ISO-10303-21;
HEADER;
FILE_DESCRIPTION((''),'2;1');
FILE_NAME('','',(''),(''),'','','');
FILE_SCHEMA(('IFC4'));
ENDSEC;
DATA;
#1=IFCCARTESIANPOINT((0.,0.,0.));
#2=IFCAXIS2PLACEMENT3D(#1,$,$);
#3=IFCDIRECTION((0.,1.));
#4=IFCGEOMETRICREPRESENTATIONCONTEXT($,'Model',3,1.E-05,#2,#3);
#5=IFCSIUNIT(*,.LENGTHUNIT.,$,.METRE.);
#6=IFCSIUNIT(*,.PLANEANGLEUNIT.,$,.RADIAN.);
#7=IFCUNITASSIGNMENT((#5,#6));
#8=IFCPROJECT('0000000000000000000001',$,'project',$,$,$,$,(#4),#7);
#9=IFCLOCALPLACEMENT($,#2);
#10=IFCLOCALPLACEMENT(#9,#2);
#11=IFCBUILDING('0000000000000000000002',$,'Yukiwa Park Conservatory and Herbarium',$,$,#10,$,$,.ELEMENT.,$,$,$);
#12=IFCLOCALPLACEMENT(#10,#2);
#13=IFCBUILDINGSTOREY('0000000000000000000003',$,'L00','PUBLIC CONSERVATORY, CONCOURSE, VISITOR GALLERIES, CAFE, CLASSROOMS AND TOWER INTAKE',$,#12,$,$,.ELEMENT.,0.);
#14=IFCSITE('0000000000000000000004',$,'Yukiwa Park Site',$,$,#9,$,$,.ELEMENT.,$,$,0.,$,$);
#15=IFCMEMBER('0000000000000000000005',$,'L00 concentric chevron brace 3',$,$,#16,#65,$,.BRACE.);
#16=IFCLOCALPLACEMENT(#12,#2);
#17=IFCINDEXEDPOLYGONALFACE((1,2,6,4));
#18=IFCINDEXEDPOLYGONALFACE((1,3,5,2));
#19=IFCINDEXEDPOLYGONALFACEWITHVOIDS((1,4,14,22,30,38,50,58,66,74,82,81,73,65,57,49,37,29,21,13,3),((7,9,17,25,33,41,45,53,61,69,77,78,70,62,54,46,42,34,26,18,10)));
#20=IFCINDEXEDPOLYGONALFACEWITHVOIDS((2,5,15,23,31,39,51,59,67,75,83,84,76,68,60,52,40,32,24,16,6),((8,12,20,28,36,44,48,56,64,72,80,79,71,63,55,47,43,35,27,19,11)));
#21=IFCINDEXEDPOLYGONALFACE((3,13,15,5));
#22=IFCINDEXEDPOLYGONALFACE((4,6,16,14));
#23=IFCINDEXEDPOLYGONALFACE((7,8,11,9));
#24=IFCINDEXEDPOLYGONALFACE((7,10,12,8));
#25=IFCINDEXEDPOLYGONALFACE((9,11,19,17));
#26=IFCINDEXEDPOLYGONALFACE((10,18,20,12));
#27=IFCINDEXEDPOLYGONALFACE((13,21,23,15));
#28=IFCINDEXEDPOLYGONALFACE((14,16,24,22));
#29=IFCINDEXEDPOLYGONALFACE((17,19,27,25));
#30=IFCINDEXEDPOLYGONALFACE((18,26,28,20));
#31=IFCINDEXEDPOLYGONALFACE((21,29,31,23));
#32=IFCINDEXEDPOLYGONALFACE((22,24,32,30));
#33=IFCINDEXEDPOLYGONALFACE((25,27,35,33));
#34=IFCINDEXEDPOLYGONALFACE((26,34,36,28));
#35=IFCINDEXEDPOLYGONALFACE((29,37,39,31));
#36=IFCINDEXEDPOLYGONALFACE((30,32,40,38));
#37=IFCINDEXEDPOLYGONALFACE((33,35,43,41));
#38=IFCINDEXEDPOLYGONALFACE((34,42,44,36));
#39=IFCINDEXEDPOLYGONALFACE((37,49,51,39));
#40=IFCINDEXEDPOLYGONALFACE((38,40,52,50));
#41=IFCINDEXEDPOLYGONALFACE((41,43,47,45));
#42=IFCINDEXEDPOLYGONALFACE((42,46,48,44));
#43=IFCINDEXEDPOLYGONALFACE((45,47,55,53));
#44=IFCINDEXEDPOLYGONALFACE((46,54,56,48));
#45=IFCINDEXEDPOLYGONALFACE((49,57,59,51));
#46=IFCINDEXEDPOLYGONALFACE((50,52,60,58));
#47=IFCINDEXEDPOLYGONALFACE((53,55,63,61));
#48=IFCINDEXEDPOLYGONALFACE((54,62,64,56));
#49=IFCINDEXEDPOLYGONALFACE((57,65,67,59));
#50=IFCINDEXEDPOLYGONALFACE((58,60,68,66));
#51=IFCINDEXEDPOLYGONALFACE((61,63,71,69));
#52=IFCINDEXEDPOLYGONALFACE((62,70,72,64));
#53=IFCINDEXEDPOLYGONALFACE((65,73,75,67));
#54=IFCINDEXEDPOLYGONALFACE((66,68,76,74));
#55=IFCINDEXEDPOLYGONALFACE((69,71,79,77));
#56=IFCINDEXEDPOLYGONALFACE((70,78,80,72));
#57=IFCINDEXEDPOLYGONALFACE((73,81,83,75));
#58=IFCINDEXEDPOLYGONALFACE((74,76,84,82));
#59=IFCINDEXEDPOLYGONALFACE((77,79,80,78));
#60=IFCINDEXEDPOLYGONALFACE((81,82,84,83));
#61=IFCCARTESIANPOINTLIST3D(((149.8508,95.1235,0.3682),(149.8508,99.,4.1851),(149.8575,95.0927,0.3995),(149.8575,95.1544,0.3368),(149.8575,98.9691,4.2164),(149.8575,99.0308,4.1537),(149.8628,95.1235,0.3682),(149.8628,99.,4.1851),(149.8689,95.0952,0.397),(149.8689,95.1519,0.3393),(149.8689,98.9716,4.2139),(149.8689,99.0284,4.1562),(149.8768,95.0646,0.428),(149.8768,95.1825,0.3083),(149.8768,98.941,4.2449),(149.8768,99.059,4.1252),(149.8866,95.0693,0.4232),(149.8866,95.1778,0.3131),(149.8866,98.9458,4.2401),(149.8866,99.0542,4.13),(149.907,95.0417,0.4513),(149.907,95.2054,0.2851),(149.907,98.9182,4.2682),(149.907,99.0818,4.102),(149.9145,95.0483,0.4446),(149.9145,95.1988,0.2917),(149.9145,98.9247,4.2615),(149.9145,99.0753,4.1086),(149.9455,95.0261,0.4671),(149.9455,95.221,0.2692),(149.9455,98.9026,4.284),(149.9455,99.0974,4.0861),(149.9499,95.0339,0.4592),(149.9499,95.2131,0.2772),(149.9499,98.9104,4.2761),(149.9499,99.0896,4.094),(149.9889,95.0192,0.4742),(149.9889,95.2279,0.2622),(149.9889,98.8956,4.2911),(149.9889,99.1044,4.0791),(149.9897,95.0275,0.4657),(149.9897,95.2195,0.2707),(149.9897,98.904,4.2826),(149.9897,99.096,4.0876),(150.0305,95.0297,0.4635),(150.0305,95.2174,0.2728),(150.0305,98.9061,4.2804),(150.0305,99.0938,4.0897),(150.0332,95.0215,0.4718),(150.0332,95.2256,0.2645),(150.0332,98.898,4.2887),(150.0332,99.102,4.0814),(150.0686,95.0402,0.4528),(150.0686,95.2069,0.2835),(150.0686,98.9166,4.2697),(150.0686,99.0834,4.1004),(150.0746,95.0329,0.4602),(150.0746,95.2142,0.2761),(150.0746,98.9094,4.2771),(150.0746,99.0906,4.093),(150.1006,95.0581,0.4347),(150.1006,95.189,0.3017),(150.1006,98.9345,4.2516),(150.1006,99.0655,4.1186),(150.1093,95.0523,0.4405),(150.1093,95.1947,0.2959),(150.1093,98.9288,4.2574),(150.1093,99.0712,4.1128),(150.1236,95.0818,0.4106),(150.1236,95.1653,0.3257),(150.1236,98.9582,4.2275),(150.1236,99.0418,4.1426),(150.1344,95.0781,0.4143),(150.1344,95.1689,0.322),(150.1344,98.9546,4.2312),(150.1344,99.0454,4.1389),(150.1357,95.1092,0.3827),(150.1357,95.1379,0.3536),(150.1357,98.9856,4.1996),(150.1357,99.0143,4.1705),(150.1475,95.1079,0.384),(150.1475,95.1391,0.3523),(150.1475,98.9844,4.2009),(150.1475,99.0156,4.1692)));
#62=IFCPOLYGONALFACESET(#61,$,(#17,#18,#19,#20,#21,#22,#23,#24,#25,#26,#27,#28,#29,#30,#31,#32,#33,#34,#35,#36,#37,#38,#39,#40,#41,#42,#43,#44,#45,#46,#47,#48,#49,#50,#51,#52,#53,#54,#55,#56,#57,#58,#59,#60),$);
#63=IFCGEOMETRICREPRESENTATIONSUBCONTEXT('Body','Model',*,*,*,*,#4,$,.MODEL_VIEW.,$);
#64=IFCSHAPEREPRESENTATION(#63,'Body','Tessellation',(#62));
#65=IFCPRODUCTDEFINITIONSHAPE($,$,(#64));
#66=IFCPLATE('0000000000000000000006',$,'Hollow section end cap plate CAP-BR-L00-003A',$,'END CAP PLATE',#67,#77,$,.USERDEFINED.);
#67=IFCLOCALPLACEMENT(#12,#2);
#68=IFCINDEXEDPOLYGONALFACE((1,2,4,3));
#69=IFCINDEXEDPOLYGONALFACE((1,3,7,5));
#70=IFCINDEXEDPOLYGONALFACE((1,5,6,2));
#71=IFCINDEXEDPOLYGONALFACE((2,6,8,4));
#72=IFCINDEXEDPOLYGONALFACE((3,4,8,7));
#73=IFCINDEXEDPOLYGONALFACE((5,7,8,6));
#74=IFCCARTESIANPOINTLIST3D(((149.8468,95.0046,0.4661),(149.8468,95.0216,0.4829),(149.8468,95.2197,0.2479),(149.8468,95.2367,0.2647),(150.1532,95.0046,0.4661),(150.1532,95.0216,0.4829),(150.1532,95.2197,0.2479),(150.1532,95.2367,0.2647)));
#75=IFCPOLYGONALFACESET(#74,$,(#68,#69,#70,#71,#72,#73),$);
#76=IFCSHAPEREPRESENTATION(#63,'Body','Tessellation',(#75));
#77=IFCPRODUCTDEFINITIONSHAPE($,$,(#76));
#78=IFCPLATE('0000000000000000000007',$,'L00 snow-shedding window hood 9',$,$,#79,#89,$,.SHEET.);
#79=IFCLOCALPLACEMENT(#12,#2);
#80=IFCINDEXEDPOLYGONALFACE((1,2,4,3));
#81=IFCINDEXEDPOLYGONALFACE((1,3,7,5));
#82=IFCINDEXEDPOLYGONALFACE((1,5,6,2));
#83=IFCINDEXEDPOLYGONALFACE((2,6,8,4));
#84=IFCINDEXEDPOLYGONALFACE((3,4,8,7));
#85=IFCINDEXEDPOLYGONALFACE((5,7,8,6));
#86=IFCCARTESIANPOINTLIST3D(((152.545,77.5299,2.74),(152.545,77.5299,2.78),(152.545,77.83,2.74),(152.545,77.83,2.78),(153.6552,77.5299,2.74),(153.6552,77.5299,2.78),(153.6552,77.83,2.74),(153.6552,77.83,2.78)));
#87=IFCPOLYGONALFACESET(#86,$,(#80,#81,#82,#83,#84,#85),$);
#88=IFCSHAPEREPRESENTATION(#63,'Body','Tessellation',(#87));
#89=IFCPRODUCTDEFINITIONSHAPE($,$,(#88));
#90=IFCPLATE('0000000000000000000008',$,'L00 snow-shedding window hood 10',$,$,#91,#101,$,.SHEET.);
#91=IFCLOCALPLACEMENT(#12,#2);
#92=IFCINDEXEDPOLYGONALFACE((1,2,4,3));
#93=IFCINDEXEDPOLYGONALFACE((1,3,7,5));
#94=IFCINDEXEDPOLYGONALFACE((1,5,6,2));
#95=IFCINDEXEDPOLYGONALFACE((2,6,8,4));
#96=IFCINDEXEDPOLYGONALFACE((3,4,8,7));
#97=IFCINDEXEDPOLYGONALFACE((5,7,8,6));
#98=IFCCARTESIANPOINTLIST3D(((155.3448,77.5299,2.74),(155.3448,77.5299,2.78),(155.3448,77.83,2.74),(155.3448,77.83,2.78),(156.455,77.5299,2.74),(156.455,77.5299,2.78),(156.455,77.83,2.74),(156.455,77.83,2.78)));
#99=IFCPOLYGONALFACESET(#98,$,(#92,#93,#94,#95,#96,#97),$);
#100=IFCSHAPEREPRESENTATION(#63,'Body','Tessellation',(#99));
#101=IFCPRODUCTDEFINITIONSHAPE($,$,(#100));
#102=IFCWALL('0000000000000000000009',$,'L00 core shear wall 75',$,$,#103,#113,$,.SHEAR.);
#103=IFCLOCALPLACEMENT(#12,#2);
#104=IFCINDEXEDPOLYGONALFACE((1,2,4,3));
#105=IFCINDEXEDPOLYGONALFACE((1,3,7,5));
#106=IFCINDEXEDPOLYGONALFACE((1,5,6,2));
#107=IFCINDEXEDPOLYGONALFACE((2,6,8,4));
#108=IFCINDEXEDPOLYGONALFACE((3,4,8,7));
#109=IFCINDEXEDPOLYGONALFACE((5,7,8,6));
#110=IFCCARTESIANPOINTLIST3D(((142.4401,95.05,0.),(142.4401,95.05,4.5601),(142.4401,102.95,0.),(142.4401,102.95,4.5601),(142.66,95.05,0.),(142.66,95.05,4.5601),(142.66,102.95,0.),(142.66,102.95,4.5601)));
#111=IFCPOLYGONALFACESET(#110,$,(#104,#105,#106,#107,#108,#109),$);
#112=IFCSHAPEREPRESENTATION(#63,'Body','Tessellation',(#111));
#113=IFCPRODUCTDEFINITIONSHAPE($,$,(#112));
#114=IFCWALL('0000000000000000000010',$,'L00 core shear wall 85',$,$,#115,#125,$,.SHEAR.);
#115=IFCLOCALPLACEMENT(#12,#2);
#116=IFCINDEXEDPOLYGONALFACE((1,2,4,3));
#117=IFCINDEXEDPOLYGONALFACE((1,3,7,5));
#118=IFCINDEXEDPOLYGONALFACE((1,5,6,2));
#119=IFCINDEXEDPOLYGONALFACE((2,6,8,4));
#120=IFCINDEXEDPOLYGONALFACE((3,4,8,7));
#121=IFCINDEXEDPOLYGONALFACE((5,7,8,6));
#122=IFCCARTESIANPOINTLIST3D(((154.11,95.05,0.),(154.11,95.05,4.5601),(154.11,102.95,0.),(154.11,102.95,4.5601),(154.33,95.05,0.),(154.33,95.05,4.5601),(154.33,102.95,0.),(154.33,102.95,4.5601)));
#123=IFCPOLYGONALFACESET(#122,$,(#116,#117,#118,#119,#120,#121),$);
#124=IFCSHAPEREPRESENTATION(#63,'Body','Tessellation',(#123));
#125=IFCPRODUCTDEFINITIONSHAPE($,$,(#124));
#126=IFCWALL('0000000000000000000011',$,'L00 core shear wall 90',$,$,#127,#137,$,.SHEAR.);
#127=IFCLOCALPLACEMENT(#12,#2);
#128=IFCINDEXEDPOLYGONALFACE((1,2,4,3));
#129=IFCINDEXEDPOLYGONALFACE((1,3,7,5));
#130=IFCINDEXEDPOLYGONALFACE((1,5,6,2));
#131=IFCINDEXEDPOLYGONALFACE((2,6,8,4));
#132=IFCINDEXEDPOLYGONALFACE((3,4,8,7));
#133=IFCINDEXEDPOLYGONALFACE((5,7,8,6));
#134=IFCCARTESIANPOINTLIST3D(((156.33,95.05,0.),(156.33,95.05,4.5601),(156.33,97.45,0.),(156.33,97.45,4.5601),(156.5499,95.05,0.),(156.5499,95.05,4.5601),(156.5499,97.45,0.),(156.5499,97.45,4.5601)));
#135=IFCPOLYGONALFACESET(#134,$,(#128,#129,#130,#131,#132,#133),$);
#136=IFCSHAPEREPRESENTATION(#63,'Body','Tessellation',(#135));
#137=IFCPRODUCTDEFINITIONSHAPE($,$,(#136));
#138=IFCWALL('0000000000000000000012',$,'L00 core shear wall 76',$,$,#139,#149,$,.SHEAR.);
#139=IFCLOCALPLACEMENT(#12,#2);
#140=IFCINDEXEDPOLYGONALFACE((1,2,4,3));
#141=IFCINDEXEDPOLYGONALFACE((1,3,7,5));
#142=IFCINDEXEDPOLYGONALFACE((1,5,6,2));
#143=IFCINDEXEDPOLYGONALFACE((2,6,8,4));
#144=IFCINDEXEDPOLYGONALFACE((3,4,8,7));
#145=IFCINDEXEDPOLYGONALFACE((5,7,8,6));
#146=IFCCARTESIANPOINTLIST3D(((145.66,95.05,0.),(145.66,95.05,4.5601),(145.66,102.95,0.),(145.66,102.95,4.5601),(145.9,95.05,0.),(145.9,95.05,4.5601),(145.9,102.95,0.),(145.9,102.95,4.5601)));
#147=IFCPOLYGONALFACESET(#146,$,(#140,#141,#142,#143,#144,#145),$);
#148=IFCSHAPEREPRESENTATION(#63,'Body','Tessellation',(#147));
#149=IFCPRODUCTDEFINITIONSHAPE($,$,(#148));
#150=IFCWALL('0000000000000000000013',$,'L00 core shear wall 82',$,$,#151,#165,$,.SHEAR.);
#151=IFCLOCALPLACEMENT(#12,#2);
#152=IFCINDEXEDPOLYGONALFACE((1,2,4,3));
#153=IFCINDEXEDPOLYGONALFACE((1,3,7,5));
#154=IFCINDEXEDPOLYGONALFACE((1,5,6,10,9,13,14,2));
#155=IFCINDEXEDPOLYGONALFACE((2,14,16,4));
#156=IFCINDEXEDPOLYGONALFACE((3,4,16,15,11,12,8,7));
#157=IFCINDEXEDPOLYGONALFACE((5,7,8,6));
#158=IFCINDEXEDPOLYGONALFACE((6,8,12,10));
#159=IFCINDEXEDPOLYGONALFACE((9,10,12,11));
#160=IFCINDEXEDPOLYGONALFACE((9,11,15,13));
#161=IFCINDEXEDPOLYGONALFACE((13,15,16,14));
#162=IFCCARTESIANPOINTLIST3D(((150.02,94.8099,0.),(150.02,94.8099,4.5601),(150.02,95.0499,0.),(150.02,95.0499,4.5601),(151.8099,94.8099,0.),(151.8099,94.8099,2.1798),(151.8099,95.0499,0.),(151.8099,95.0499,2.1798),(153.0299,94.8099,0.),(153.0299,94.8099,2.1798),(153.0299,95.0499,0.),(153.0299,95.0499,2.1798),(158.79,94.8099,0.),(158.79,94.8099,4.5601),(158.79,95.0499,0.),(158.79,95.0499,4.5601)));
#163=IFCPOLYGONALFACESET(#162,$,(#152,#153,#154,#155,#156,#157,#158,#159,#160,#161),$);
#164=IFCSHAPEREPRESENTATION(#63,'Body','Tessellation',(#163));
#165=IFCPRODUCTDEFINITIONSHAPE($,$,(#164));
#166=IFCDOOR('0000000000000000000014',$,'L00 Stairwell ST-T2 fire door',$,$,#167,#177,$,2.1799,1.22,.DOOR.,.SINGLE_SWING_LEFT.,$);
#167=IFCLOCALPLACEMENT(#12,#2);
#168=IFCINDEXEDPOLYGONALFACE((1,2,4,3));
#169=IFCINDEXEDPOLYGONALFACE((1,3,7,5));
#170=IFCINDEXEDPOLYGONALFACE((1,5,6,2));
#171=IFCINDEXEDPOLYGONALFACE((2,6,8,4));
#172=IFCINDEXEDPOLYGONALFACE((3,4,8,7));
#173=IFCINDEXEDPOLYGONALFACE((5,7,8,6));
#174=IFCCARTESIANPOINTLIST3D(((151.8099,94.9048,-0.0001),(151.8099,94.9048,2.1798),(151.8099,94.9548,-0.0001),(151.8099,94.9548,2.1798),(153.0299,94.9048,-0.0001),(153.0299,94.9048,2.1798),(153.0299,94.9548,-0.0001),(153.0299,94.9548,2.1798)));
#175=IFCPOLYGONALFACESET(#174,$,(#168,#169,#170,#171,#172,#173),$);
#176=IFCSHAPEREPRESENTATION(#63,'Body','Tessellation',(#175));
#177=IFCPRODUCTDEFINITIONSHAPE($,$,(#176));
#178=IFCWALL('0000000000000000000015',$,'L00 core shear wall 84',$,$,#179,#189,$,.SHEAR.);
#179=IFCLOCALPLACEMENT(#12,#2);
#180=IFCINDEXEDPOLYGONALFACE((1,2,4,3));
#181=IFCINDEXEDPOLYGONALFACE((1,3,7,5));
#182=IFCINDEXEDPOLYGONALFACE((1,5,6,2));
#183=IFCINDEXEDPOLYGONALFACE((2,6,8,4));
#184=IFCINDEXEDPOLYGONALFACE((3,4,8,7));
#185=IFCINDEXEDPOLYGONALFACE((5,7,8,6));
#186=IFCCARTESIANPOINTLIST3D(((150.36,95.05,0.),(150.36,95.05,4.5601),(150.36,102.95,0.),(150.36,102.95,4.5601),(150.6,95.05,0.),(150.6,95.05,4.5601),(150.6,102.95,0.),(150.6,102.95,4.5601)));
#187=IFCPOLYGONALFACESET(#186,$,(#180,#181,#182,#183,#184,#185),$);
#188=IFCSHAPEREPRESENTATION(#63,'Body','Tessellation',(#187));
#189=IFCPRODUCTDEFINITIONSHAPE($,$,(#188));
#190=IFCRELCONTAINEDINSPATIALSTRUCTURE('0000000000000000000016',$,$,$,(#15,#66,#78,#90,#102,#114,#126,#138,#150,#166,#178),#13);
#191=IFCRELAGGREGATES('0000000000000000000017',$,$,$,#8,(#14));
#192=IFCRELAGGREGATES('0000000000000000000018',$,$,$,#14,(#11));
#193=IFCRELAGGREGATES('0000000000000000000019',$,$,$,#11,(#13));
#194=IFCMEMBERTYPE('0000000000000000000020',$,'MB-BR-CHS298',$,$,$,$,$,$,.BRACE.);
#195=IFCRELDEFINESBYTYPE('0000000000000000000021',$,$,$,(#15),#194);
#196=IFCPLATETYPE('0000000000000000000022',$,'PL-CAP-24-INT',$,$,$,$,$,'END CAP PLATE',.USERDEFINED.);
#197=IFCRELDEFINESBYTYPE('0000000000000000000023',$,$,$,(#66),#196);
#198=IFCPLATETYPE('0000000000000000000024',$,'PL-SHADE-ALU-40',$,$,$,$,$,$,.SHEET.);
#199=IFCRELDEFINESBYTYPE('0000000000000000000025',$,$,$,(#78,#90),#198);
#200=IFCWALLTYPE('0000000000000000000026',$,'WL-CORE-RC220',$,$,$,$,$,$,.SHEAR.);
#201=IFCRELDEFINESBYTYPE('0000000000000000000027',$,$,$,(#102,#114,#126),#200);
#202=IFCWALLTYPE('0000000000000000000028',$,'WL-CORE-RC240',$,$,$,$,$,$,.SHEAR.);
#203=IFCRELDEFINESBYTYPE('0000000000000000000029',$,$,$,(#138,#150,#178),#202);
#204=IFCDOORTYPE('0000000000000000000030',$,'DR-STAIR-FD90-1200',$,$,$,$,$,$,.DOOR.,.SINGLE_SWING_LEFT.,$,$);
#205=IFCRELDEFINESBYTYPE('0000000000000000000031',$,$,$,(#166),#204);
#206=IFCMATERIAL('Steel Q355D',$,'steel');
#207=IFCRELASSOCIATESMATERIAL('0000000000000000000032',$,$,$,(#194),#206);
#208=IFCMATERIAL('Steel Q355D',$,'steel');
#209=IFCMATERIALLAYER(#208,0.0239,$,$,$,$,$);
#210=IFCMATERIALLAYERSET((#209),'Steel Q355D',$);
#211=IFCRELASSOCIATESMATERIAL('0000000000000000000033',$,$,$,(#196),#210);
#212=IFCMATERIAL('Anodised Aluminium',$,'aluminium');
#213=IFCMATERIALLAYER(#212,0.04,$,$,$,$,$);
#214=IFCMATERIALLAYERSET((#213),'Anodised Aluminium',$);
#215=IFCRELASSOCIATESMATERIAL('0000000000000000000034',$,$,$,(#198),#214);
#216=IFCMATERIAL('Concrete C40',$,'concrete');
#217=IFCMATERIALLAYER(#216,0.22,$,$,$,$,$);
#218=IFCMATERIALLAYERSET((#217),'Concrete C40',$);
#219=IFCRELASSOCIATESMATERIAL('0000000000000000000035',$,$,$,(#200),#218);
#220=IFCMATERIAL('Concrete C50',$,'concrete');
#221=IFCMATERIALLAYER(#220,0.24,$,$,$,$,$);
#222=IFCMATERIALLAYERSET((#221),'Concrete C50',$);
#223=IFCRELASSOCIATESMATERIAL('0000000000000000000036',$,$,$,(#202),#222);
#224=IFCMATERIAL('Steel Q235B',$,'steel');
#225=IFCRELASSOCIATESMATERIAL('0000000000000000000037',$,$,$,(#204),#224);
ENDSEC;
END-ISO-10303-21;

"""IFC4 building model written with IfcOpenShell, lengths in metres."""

from ifc_helpers import new_model, si_unit, direction, frame, frame_2d, origin, origin_2d, place, context, subcontext, project, spatial, rectangle, hollow_circle, extrude, material, layer, layer_set, material_profile, profile_set, type_object, element, fill, save


model = new_model("IFC4")

# Units and contexts
model_context = context("Model", 3, precision=1e-05, world=origin(), true_north=direction((0.0, 1.0)))
body_context = subcontext(model_context, "Body", "Model", "MODEL_VIEW")
ifc_project = project(units=[si_unit("LENGTHUNIT", "METRE"), si_unit("PLANEANGLEUNIT", "RADIAN")], contexts=[model_context])

# Site, building, storey
site_placement = place(None, origin())
site = spatial("IfcSite", under=ifc_project, at=site_placement, Name="Yukiwa Park Site", CompositionType="ELEMENT", RefElevation=0.0)
building_placement = place(site_placement, origin())
building = spatial("IfcBuilding", under=site, at=building_placement, Name="Yukiwa Park Conservatory and Herbarium", CompositionType="ELEMENT")
storey_placement = place(building_placement, origin())
storey = spatial("IfcBuildingStorey", under=building, at=storey_placement, Name="L00", Description="PUBLIC CONSERVATORY, CONCOURSE, VISITOR GALLERIES, CAFE, CLASSROOMS AND TOWER INTAKE", CompositionType="ELEMENT", Elevation=0.0)

# Member
ifc_material_1 = material(Name="Steel Q355D", Category="steel")
ifc_material_profile_1 = material_profile(ifc_material_1, hollow_circle(Radius=0.1492, WallThickness=0.012, at=origin_2d()), Name="CHS 298.5x12")
ifc_profile_set_1 = profile_set([ifc_material_profile_1], Name="Steel Q355D")
member_type = type_object("IfcMemberType", Name="MB-BR-CHS298", PredefinedType="BRACE", material=ifc_profile_set_1)
member_placement = place(storey_placement, frame((150.0, 95.1235, 0.3682), z_axis=(0.0, 0.712561, 0.701611), x_axis=(-1.0, 0.0, 0.0)))
element("IfcMember", 1, at=member_placement, inside=storey, type_object=member_type, Name="L00 concentric chevron brace 3", PredefinedType="BRACE", context=body_context, shape_type="SweptSolid", body=[
    extrude(hollow_circle(Radius=0.1492, WallThickness=0.012, at=origin_2d()), origin(), (0.0, 0.0, 1.0), 5.4402),
])

# Plates
ifc_material_2 = material(Name="Steel Q355D", Category="steel")
ifc_layer_1 = layer(ifc_material_2, 0.0239)
ifc_layer_set_1 = layer_set([ifc_layer_1], Name="Steel Q355D")
plate_type_1 = type_object("IfcPlateType", Name="PL-CAP-24-INT", ElementType="END CAP PLATE", PredefinedType="USERDEFINED", material=ifc_layer_set_1)
plate_placement = place(storey_placement, frame((150.0, 95.1292, 0.3738), z_axis=(0.0, -0.712175, -0.702002), x_axis=(1.0, 0.0, 0.0)))
element("IfcPlate", 2, at=plate_placement, inside=storey, type_object=plate_type_1, Name="Hollow section end cap plate CAP-BR-L00-003A", ObjectType="END CAP PLATE", PredefinedType="USERDEFINED", context=body_context, shape_type="SweptSolid", body=[
    extrude(rectangle(XDim=0.3064, YDim=0.3064, at=origin_2d()), origin(), (0.0, 0.0, 1.0), 0.0239),
])
ifc_material_3 = material(Name="Anodised Aluminium", Category="aluminium")
ifc_layer_2 = layer(ifc_material_3, 0.04)
ifc_layer_set_2 = layer_set([ifc_layer_2], Name="Anodised Aluminium")
plate_type_2 = type_object("IfcPlateType", Name="PL-SHADE-ALU-40", PredefinedType="SHEET", material=ifc_layer_set_2)
for number, where, z_axis, x_axis, name in (
    (3, (153.1001, 77.6799, 2.74), (0.0, 0.0, 1.0), (1.0, 0.0, 0.0), "L00 snow-shedding window hood 9"),
    (4, (155.8999, 77.6799, 2.74), (0.0, 0.0, 1.0), (1.0, 0.0, 0.0), "L00 snow-shedding window hood 10"),
):
    element("IfcPlate", number, at=place(storey_placement, frame(where, z_axis=z_axis, x_axis=x_axis)), inside=storey, type_object=plate_type_2, Name=name, PredefinedType="SHEET", context=body_context, shape_type="SweptSolid", body=[
        extrude(rectangle(XDim=1.1101, YDim=0.3, at=origin_2d()), origin(), (0.0, 0.0, 1.0), 0.04),
    ])

# Walls
ifc_material_4 = material(Name="Concrete C40", Category="concrete")
ifc_layer_3 = layer(ifc_material_4, 0.22)
ifc_layer_set_3 = layer_set([ifc_layer_3], Name="Concrete C40")
wall_type_1 = type_object("IfcWallType", Name="WL-CORE-RC220", PredefinedType="SHEAR", material=ifc_layer_set_3)
for number, where, z_axis, x_axis, name in (
    (5, (142.55, 95.05, 0.0), (0.0, 0.0, 1.0), (0.0, 1.0, 0.0), "L00 core shear wall 75"),
    (6, (154.22, 95.05, 0.0), (0.0, 0.0, 1.0), (0.0, 1.0, 0.0), "L00 core shear wall 85"),
):
    element("IfcWall", number, at=place(storey_placement, frame(where, z_axis=z_axis, x_axis=x_axis)), inside=storey, type_object=wall_type_1, Name=name, PredefinedType="SHEAR", context=body_context, shape_type="SweptSolid", body=[
        extrude(rectangle(XDim=7.8999, YDim=0.22, at=frame_2d((3.95, 0.0))), origin(), (0.0, 0.0, 1.0), 4.5601),
    ])
wall_1_placement = place(storey_placement, frame((156.4399, 95.05, 0.0), z_axis=(0.0, 0.0, 1.0), x_axis=(0.0, 1.0, 0.0)))
element("IfcWall", 7, at=wall_1_placement, inside=storey, type_object=wall_type_1, Name="L00 core shear wall 90", PredefinedType="SHEAR", context=body_context, shape_type="SweptSolid", body=[
    extrude(rectangle(XDim=2.3999, YDim=0.22, at=frame_2d((1.2, 0.0))), origin(), (0.0, 0.0, 1.0), 4.5601),
])
ifc_material_5 = material(Name="Concrete C50", Category="concrete")
ifc_layer_4 = layer(ifc_material_5, 0.24)
ifc_layer_set_4 = layer_set([ifc_layer_4], Name="Concrete C50")
wall_type_2 = type_object("IfcWallType", Name="WL-CORE-RC240", PredefinedType="SHEAR", material=ifc_layer_set_4)
wall_2_placement = place(storey_placement, frame((145.78, 95.05, 0.0), z_axis=(0.0, 0.0, 1.0), x_axis=(0.0, 1.0, 0.0)))
element("IfcWall", 8, at=wall_2_placement, inside=storey, type_object=wall_type_2, Name="L00 core shear wall 76", PredefinedType="SHEAR", context=body_context, shape_type="SweptSolid", body=[
    extrude(rectangle(XDim=7.8999, YDim=0.24, at=frame_2d((3.95, 0.0))), origin(), (0.0, 0.0, 1.0), 4.5601),
])

# Wall, opening, door
wall_3_placement = place(storey_placement, frame((150.02, 94.9299, 0.0), z_axis=(0.0, 0.0, 1.0), x_axis=(1.0, 0.0, 0.0)))
wall_3 = element("IfcWall", 9, at=wall_3_placement, inside=storey, type_object=wall_type_2, Name="L00 core shear wall 82", PredefinedType="SHEAR", context=body_context, shape_type="SweptSolid", body=[
    extrude(rectangle(XDim=8.77, YDim=0.24, at=frame_2d((4.385, 0.0))), origin(), (0.0, 0.0, 1.0), 4.5601),
])
opening_1_placement = place(wall_3_placement, frame((1.79, 0.0, 0.0)))
opening_1 = element("IfcOpeningElement", 10, at=opening_1_placement, cuts=wall_3, PredefinedType="OPENING", context=body_context, shape_type="SweptSolid", body=[
    extrude(rectangle(XDim=1.22, YDim=2.1799, at=frame_2d((0.6099, 1.0898))), frame((0.0, 0.1299, 0.0), z_axis=(0.0, -1.0, 0.0), x_axis=(1.0, 0.0, 0.0)), (0.0, 0.0, 1.0), 0.26),
])
ifc_material_6 = material(Name="Steel Q235B", Category="steel")
door_type_1 = type_object("IfcDoorType", Name="DR-STAIR-FD90-1200", OperationType="SINGLE_SWING_LEFT", PredefinedType="DOOR", material=ifc_material_6)
door_1_placement = place(opening_1_placement, origin())
door_1 = element("IfcDoor", 11, at=door_1_placement, inside=storey, type_object=door_type_1, Name="L00 Stairwell ST-T2 fire door", OperationType="SINGLE_SWING_LEFT", OverallHeight=2.1799, OverallWidth=1.22, PredefinedType="DOOR", context=body_context, shape_type="SweptSolid", body=[
    extrude(rectangle(XDim=1.22, YDim=2.1799, at=frame_2d((0.6099, 1.0898))), frame((0.0, 0.0249, 0.0), z_axis=(0.0, -1.0, 0.0), x_axis=(1.0, 0.0, 0.0)), (0.0, 0.0, 1.0), 0.05),
])
fill(opening_1, door_1)

# Wall
wall_4_placement = place(storey_placement, frame((150.48, 95.05, 0.0), z_axis=(0.0, 0.0, 1.0), x_axis=(0.0, 1.0, 0.0)))
element("IfcWall", 12, at=wall_4_placement, inside=storey, type_object=wall_type_2, Name="L00 core shear wall 84", PredefinedType="SHEAR", context=body_context, shape_type="SweptSolid", body=[
    extrude(rectangle(XDim=7.8999, YDim=0.24, at=frame_2d((3.95, 0.0))), origin(), (0.0, 0.0, 1.0), 4.5601),
])

save(model, "model.ifc")
